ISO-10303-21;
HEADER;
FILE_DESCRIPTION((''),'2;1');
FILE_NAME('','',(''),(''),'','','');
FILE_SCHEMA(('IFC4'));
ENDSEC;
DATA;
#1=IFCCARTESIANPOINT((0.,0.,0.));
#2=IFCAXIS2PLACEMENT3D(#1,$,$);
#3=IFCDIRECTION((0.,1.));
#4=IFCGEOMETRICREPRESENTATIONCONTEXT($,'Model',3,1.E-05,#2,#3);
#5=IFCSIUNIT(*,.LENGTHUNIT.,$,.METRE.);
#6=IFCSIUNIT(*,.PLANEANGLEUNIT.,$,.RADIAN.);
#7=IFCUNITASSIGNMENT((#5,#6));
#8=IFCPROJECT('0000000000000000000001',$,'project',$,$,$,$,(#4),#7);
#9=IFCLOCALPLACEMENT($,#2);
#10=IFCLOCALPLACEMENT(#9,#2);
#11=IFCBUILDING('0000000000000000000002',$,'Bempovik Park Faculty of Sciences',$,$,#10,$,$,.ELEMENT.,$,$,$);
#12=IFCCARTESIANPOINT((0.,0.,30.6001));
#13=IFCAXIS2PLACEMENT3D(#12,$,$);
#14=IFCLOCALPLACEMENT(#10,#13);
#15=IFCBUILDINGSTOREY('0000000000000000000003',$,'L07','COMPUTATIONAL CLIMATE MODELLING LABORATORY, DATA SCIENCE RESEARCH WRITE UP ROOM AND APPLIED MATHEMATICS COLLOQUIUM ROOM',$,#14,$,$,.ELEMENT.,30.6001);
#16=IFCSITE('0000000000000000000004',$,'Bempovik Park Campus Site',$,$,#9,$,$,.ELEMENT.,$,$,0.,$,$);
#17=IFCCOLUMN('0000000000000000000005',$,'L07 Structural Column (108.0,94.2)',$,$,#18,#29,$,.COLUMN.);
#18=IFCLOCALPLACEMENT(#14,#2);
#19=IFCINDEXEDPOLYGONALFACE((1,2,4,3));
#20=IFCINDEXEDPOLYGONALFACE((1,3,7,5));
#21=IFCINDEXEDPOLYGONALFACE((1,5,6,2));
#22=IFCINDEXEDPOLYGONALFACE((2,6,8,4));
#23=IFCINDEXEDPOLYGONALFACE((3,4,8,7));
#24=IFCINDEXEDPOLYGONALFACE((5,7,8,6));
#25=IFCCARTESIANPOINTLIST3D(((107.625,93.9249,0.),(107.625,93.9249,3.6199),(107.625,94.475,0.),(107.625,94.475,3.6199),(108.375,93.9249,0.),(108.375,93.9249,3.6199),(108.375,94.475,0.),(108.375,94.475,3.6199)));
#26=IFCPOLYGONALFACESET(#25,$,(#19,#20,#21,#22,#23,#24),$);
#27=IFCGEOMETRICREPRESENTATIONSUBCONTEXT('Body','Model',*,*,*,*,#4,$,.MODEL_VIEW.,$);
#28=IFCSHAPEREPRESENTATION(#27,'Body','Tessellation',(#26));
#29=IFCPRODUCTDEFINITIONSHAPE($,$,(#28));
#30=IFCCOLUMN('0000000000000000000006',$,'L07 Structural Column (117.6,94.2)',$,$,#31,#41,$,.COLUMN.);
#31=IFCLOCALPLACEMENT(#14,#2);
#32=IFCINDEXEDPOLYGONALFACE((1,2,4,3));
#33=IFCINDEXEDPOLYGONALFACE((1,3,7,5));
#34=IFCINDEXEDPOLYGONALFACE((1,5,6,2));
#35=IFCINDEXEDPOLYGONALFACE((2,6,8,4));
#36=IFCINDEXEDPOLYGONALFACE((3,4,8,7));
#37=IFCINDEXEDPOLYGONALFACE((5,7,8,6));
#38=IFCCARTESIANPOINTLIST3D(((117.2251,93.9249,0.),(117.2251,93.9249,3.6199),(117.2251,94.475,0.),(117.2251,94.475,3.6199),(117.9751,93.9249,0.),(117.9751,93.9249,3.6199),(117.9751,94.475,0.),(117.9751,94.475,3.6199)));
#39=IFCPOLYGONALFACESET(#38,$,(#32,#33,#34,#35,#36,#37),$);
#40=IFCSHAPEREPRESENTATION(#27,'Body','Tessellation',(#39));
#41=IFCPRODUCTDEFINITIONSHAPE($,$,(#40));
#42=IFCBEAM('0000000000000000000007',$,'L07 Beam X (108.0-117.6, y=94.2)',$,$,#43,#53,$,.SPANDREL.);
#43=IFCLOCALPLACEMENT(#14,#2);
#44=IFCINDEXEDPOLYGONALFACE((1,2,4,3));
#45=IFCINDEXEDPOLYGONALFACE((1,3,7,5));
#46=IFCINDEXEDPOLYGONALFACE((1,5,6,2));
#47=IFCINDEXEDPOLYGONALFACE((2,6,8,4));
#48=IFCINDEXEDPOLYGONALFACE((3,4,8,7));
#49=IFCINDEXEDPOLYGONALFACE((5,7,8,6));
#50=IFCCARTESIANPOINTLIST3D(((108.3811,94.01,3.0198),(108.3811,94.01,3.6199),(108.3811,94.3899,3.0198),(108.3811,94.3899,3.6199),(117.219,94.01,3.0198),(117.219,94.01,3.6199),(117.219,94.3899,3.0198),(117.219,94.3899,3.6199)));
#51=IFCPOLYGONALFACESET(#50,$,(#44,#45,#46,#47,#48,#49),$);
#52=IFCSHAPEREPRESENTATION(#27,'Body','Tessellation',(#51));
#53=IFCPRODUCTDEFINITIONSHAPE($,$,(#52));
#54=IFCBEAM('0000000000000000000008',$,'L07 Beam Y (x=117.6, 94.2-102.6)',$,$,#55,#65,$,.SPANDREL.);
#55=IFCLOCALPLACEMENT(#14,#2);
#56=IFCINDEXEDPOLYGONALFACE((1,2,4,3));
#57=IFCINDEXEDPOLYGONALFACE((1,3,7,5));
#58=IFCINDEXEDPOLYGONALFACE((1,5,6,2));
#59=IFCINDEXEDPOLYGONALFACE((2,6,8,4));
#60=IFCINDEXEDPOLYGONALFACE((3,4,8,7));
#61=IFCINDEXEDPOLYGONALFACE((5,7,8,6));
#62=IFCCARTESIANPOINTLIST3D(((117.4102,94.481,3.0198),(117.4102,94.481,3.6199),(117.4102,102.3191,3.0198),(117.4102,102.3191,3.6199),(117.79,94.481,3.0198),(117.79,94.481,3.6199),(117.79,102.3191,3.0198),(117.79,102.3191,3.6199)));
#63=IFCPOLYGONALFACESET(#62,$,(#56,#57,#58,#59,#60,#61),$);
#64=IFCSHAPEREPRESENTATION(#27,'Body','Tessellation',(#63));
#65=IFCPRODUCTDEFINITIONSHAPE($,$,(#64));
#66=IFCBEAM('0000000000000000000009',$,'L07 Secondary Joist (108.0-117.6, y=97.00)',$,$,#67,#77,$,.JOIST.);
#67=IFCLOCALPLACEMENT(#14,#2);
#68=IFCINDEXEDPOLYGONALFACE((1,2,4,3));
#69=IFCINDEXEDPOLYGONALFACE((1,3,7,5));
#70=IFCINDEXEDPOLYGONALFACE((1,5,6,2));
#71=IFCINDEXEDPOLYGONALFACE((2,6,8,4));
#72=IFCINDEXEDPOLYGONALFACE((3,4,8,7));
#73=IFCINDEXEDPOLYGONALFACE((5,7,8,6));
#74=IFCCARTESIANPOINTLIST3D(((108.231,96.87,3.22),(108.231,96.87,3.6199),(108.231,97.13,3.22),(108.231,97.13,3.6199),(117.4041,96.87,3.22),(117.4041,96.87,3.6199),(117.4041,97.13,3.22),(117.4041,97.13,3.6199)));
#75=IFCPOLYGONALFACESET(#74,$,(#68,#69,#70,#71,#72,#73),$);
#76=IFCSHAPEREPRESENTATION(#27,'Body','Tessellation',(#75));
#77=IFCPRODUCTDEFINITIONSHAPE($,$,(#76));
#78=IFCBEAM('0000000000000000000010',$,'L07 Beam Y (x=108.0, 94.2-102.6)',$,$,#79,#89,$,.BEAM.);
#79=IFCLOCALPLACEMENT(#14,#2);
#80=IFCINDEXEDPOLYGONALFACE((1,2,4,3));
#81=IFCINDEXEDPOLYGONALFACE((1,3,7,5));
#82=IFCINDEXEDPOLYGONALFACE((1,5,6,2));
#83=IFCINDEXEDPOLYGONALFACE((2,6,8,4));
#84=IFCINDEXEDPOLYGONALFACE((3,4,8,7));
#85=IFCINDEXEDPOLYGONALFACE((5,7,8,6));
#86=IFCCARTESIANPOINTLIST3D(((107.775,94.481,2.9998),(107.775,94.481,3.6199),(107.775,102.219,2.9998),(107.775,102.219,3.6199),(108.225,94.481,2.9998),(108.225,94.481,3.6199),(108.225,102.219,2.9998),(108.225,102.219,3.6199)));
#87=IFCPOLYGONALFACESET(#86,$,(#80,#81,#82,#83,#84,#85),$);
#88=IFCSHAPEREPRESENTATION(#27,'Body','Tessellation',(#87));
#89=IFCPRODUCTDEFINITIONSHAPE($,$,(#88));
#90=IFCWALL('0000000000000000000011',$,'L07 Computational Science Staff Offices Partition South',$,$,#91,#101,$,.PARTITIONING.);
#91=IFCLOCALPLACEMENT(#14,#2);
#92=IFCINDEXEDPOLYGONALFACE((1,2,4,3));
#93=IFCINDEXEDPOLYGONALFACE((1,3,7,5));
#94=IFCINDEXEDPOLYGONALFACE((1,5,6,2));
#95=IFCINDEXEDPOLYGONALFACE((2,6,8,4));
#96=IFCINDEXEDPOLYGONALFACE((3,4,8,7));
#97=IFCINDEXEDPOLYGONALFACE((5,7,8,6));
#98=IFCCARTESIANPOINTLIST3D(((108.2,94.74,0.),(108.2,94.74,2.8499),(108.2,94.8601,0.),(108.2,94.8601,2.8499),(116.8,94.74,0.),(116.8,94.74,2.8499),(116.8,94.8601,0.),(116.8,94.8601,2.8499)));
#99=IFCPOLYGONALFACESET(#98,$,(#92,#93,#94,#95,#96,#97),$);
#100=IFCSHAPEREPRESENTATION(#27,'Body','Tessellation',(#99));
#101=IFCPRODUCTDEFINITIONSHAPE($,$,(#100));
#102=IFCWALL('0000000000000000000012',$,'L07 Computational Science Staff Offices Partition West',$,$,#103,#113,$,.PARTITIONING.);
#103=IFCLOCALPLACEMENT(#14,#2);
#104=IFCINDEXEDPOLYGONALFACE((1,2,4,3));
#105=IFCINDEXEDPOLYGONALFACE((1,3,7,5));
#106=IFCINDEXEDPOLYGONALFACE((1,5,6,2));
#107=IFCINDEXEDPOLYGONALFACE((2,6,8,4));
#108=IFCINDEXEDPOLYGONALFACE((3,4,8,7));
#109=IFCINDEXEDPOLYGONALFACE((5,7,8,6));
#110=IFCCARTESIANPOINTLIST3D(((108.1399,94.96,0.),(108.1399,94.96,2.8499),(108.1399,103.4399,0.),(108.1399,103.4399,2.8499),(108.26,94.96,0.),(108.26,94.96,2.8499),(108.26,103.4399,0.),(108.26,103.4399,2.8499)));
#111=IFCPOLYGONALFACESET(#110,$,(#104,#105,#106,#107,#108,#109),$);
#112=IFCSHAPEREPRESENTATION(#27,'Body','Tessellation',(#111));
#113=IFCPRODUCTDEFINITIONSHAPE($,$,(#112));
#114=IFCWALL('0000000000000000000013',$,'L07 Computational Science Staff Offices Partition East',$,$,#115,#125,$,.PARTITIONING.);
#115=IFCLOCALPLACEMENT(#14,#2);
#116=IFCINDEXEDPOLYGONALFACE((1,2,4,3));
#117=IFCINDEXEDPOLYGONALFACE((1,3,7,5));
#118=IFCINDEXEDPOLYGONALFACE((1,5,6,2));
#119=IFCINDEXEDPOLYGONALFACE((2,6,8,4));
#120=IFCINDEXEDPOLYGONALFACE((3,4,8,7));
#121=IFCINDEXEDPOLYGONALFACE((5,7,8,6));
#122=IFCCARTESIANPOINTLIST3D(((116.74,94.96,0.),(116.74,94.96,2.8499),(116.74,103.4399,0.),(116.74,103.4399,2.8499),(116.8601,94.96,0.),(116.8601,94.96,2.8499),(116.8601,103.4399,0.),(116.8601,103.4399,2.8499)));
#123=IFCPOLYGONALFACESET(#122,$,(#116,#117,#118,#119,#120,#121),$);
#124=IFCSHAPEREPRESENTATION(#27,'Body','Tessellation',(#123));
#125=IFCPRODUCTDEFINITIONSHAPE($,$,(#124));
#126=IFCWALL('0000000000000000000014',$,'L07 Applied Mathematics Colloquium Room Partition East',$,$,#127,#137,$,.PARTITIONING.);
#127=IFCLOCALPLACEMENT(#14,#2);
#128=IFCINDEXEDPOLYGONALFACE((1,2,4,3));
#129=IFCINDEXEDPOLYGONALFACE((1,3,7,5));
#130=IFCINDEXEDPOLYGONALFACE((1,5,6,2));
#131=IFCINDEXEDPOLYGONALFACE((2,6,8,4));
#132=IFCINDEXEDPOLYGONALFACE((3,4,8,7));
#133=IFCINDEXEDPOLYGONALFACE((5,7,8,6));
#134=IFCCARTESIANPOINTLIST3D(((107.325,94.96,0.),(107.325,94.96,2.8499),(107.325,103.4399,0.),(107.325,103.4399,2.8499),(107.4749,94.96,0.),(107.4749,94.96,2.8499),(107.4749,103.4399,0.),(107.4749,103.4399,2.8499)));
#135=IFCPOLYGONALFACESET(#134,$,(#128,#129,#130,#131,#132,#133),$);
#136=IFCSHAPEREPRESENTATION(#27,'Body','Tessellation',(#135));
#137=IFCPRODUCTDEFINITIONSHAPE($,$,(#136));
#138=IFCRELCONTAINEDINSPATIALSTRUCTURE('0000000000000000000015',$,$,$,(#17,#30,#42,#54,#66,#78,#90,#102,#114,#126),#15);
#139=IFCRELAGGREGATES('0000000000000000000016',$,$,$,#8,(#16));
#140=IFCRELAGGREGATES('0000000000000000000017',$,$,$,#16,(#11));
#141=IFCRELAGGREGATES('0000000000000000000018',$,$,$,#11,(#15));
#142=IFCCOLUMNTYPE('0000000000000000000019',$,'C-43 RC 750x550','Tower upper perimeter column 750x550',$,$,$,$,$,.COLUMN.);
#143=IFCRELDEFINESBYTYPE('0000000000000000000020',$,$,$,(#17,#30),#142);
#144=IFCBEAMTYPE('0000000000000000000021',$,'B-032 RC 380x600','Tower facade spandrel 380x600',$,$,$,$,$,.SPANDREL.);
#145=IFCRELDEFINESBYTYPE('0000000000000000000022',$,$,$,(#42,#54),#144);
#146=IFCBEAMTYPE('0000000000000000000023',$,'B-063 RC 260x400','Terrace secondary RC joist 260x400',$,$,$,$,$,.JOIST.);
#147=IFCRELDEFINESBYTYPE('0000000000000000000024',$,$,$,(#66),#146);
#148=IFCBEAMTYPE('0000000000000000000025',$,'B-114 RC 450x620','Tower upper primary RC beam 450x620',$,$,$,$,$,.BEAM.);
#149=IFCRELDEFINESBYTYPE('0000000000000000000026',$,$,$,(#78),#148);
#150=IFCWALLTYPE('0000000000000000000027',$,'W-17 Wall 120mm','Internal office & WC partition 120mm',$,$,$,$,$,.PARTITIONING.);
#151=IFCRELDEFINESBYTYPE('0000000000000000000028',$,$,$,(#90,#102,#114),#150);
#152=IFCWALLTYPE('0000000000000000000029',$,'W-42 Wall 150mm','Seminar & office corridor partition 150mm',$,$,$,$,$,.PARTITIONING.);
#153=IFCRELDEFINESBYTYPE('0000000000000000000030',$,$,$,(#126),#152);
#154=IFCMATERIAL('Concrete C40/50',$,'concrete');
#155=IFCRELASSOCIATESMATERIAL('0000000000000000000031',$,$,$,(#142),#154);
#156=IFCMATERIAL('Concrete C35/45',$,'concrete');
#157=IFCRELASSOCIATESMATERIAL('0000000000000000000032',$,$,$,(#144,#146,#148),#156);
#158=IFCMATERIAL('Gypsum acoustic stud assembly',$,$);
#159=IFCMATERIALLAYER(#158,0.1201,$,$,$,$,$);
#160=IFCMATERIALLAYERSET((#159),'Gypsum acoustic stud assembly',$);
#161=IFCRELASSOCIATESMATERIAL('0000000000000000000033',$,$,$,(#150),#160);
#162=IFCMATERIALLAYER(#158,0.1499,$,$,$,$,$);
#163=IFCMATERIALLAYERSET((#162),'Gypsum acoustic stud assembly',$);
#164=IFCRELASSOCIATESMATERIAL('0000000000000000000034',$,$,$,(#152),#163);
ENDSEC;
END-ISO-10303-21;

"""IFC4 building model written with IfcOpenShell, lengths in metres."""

from ifc_helpers import new_model, si_unit, direction, frame, frame_2d, origin, origin_2d, place, context, subcontext, project, spatial, rectangle, extrude, material, layer, layer_set, material_profile, profile_set, type_object, element, save


model = new_model("IFC4")

# Units and contexts
model_context = context("Model", 3, precision=1e-05, world=origin(), true_north=direction((0.0, 1.0)))
body_context = subcontext(model_context, "Body", "Model", "MODEL_VIEW")
ifc_project = project(units=[si_unit("LENGTHUNIT", "METRE"), si_unit("PLANEANGLEUNIT", "RADIAN")], contexts=[model_context])

# Site, building, storey
site_placement = place(None, origin())
site = spatial("IfcSite", under=ifc_project, at=site_placement, Name="Bempovik Park Campus Site", CompositionType="ELEMENT", RefElevation=0.0)
building_placement = place(site_placement, origin())
building = spatial("IfcBuilding", under=site, at=building_placement, Name="Bempovik Park Faculty of Sciences", CompositionType="ELEMENT")
storey_placement = place(building_placement, frame((0.0, 0.0, 30.6001)))
storey = spatial("IfcBuildingStorey", under=building, at=storey_placement, Name="L07", Description="COMPUTATIONAL CLIMATE MODELLING LABORATORY, DATA SCIENCE RESEARCH WRITE UP ROOM AND APPLIED MATHEMATICS COLLOQUIUM ROOM", CompositionType="ELEMENT", Elevation=30.6001)

# Columns
ifc_material_1 = material(Name="Concrete C40/50", Category="concrete")
ifc_material_profile_1 = material_profile(ifc_material_1, rectangle(XDim=0.75, YDim=0.55, at=origin_2d()), Name="RC 750x550")
ifc_profile_set_1 = profile_set([ifc_material_profile_1], Name="Concrete C40/50")
column_type = type_object("IfcColumnType", Name="C-43 RC 750x550", Description="Tower upper perimeter column 750x550", PredefinedType="COLUMN", material=ifc_profile_set_1)
for number, where, z_axis, x_axis, name in (
    (1, (108.0, 94.2, 0.0), (0.0, 0.0, 1.0), (1.0, 0.0, 0.0), "L07 Structural Column (108.0,94.2)"),
    (2, (117.6001, 94.2, 0.0), (0.0, 0.0, 1.0), (1.0, 0.0, 0.0), "L07 Structural Column (117.6,94.2)"),
):
    element("IfcColumn", number, at=place(storey_placement, frame(where, z_axis=z_axis, x_axis=x_axis)), inside=storey, type_object=column_type, Name=name, PredefinedType="COLUMN", context=body_context, shape_type="SweptSolid", body=[
        extrude(rectangle(XDim=0.75, YDim=0.55, at=origin_2d()), origin(), (0.0, 0.0, 1.0), 3.6199),
    ])

# Beams
ifc_material_2 = material(Name="Concrete C35/45", Category="concrete")
ifc_material_profile_2 = material_profile(ifc_material_2, rectangle(XDim=0.3799, YDim=0.6001, at=origin_2d()), Name="RC 380x600")
ifc_profile_set_2 = profile_set([ifc_material_profile_2], Name="Concrete C35/45")
beam_type_1 = type_object("IfcBeamType", Name="B-032 RC 380x600", Description="Tower facade spandrel 380x600", PredefinedType="SPANDREL", material=ifc_profile_set_2)
beam_1_placement = place(storey_placement, frame((108.3811, 94.2, 3.3198), z_axis=(1.0, 0.0, 0.0), x_axis=(0.0, 1.0, 0.0)))
element("IfcBeam", 3, at=beam_1_placement, inside=storey, type_object=beam_type_1, Name="L07 Beam X (108.0-117.6, y=94.2)", PredefinedType="SPANDREL", context=body_context, shape_type="SweptSolid", body=[
    extrude(rectangle(XDim=0.3799, YDim=0.6001, at=origin_2d()), origin(), (0.0, 0.0, 1.0), 8.8379),
])
beam_2_placement = place(storey_placement, frame((117.6001, 94.481, 3.3198), z_axis=(0.0, 1.0, 0.0), x_axis=(-1.0, 0.0, 0.0)))
element("IfcBeam", 4, at=beam_2_placement, inside=storey, type_object=beam_type_1, Name="L07 Beam Y (x=117.6, 94.2-102.6)", PredefinedType="SPANDREL", context=body_context, shape_type="SweptSolid", body=[
    extrude(rectangle(XDim=0.3799, YDim=0.6001, at=origin_2d()), origin(), (0.0, 0.0, 1.0), 7.8381),
])
ifc_material_profile_3 = material_profile(ifc_material_2, rectangle(XDim=0.26, YDim=0.3999, at=origin_2d()), Name="RC 260x400")
ifc_profile_set_3 = profile_set([ifc_material_profile_3], Name="Concrete C35/45")
beam_type_2 = type_object("IfcBeamType", Name="B-063 RC 260x400", Description="Terrace secondary RC joist 260x400", PredefinedType="JOIST", material=ifc_profile_set_3)
beam_3_placement = place(storey_placement, frame((108.231, 97.0, 3.4199), z_axis=(1.0, 0.0, 0.0), x_axis=(0.0, 1.0, 0.0)))
element("IfcBeam", 5, at=beam_3_placement, inside=storey, type_object=beam_type_2, Name="L07 Secondary Joist (108.0-117.6, y=97.00)", PredefinedType="JOIST", context=body_context, shape_type="SweptSolid", body=[
    extrude(rectangle(XDim=0.26, YDim=0.3999, at=origin_2d()), origin(), (0.0, 0.0, 1.0), 9.1731),
])
ifc_material_profile_4 = material_profile(ifc_material_2, rectangle(XDim=0.45, YDim=0.6201, at=origin_2d()), Name="RC 450x620")
ifc_profile_set_4 = profile_set([ifc_material_profile_4], Name="Concrete C35/45")
beam_type_3 = type_object("IfcBeamType", Name="B-114 RC 450x620", Description="Tower upper primary RC beam 450x620", PredefinedType="BEAM", material=ifc_profile_set_4)
beam_4_placement = place(storey_placement, frame((108.0, 94.481, 3.3098), z_axis=(0.0, 1.0, 0.0), x_axis=(-1.0, 0.0, 0.0)))
element("IfcBeam", 6, at=beam_4_placement, inside=storey, type_object=beam_type_3, Name="L07 Beam Y (x=108.0, 94.2-102.6)", PredefinedType="BEAM", context=body_context, shape_type="SweptSolid", body=[
    extrude(rectangle(XDim=0.45, YDim=0.6201, at=origin_2d()), origin(), (0.0, 0.0, 1.0), 7.738),
])

# Walls
ifc_material_3 = material(Name="Gypsum acoustic stud assembly")
ifc_layer_1 = layer(ifc_material_3, 0.1201)
ifc_layer_set_1 = layer_set([ifc_layer_1], Name="Gypsum acoustic stud assembly")
wall_type_1 = type_object("IfcWallType", Name="W-17 Wall 120mm", Description="Internal office & WC partition 120mm", PredefinedType="PARTITIONING", material=ifc_layer_set_1)
wall_1_placement = place(storey_placement, frame((108.2, 94.8, 0.0), z_axis=(0.0, 0.0, 1.0), x_axis=(1.0, 0.0, 0.0)))
element("IfcWall", 7, at=wall_1_placement, inside=storey, type_object=wall_type_1, Name="L07 Computational Science Staff Offices Partition South", PredefinedType="PARTITIONING", context=body_context, shape_type="SweptSolid", body=[
    extrude(rectangle(XDim=8.6001, YDim=0.1201, at=frame_2d((4.3, 0.0))), origin(), (0.0, 0.0, 1.0), 2.8499),
])
for number, where, z_axis, x_axis, name in (
    (8, (108.2, 94.96, 0.0), (0.0, 0.0, 1.0), (0.0, 1.0, 0.0), "L07 Computational Science Staff Offices Partition West"),
    (9, (116.8, 94.96, 0.0), (0.0, 0.0, 1.0), (0.0, 1.0, 0.0), "L07 Computational Science Staff Offices Partition East"),
):
    element("IfcWall", number, at=place(storey_placement, frame(where, z_axis=z_axis, x_axis=x_axis)), inside=storey, type_object=wall_type_1, Name=name, PredefinedType="PARTITIONING", context=body_context, shape_type="SweptSolid", body=[
        extrude(rectangle(XDim=8.48, YDim=0.1201, at=frame_2d((4.24, 0.0))), origin(), (0.0, 0.0, 1.0), 2.8499),
    ])
ifc_layer_2 = layer(ifc_material_3, 0.1499)
ifc_layer_set_2 = layer_set([ifc_layer_2], Name="Gypsum acoustic stud assembly")
wall_type_2 = type_object("IfcWallType", Name="W-42 Wall 150mm", Description="Seminar & office corridor partition 150mm", PredefinedType="PARTITIONING", material=ifc_layer_set_2)
wall_2_placement = place(storey_placement, frame((107.3999, 94.96, 0.0), z_axis=(0.0, 0.0, 1.0), x_axis=(0.0, 1.0, 0.0)))
element("IfcWall", 10, at=wall_2_placement, inside=storey, type_object=wall_type_2, Name="L07 Applied Mathematics Colloquium Room Partition East", PredefinedType="PARTITIONING", context=body_context, shape_type="SweptSolid", body=[
    extrude(rectangle(XDim=8.48, YDim=0.1499, at=frame_2d((4.24, 0.0))), origin(), (0.0, 0.0, 1.0), 2.8499),
])

save(model, "model.ifc")
